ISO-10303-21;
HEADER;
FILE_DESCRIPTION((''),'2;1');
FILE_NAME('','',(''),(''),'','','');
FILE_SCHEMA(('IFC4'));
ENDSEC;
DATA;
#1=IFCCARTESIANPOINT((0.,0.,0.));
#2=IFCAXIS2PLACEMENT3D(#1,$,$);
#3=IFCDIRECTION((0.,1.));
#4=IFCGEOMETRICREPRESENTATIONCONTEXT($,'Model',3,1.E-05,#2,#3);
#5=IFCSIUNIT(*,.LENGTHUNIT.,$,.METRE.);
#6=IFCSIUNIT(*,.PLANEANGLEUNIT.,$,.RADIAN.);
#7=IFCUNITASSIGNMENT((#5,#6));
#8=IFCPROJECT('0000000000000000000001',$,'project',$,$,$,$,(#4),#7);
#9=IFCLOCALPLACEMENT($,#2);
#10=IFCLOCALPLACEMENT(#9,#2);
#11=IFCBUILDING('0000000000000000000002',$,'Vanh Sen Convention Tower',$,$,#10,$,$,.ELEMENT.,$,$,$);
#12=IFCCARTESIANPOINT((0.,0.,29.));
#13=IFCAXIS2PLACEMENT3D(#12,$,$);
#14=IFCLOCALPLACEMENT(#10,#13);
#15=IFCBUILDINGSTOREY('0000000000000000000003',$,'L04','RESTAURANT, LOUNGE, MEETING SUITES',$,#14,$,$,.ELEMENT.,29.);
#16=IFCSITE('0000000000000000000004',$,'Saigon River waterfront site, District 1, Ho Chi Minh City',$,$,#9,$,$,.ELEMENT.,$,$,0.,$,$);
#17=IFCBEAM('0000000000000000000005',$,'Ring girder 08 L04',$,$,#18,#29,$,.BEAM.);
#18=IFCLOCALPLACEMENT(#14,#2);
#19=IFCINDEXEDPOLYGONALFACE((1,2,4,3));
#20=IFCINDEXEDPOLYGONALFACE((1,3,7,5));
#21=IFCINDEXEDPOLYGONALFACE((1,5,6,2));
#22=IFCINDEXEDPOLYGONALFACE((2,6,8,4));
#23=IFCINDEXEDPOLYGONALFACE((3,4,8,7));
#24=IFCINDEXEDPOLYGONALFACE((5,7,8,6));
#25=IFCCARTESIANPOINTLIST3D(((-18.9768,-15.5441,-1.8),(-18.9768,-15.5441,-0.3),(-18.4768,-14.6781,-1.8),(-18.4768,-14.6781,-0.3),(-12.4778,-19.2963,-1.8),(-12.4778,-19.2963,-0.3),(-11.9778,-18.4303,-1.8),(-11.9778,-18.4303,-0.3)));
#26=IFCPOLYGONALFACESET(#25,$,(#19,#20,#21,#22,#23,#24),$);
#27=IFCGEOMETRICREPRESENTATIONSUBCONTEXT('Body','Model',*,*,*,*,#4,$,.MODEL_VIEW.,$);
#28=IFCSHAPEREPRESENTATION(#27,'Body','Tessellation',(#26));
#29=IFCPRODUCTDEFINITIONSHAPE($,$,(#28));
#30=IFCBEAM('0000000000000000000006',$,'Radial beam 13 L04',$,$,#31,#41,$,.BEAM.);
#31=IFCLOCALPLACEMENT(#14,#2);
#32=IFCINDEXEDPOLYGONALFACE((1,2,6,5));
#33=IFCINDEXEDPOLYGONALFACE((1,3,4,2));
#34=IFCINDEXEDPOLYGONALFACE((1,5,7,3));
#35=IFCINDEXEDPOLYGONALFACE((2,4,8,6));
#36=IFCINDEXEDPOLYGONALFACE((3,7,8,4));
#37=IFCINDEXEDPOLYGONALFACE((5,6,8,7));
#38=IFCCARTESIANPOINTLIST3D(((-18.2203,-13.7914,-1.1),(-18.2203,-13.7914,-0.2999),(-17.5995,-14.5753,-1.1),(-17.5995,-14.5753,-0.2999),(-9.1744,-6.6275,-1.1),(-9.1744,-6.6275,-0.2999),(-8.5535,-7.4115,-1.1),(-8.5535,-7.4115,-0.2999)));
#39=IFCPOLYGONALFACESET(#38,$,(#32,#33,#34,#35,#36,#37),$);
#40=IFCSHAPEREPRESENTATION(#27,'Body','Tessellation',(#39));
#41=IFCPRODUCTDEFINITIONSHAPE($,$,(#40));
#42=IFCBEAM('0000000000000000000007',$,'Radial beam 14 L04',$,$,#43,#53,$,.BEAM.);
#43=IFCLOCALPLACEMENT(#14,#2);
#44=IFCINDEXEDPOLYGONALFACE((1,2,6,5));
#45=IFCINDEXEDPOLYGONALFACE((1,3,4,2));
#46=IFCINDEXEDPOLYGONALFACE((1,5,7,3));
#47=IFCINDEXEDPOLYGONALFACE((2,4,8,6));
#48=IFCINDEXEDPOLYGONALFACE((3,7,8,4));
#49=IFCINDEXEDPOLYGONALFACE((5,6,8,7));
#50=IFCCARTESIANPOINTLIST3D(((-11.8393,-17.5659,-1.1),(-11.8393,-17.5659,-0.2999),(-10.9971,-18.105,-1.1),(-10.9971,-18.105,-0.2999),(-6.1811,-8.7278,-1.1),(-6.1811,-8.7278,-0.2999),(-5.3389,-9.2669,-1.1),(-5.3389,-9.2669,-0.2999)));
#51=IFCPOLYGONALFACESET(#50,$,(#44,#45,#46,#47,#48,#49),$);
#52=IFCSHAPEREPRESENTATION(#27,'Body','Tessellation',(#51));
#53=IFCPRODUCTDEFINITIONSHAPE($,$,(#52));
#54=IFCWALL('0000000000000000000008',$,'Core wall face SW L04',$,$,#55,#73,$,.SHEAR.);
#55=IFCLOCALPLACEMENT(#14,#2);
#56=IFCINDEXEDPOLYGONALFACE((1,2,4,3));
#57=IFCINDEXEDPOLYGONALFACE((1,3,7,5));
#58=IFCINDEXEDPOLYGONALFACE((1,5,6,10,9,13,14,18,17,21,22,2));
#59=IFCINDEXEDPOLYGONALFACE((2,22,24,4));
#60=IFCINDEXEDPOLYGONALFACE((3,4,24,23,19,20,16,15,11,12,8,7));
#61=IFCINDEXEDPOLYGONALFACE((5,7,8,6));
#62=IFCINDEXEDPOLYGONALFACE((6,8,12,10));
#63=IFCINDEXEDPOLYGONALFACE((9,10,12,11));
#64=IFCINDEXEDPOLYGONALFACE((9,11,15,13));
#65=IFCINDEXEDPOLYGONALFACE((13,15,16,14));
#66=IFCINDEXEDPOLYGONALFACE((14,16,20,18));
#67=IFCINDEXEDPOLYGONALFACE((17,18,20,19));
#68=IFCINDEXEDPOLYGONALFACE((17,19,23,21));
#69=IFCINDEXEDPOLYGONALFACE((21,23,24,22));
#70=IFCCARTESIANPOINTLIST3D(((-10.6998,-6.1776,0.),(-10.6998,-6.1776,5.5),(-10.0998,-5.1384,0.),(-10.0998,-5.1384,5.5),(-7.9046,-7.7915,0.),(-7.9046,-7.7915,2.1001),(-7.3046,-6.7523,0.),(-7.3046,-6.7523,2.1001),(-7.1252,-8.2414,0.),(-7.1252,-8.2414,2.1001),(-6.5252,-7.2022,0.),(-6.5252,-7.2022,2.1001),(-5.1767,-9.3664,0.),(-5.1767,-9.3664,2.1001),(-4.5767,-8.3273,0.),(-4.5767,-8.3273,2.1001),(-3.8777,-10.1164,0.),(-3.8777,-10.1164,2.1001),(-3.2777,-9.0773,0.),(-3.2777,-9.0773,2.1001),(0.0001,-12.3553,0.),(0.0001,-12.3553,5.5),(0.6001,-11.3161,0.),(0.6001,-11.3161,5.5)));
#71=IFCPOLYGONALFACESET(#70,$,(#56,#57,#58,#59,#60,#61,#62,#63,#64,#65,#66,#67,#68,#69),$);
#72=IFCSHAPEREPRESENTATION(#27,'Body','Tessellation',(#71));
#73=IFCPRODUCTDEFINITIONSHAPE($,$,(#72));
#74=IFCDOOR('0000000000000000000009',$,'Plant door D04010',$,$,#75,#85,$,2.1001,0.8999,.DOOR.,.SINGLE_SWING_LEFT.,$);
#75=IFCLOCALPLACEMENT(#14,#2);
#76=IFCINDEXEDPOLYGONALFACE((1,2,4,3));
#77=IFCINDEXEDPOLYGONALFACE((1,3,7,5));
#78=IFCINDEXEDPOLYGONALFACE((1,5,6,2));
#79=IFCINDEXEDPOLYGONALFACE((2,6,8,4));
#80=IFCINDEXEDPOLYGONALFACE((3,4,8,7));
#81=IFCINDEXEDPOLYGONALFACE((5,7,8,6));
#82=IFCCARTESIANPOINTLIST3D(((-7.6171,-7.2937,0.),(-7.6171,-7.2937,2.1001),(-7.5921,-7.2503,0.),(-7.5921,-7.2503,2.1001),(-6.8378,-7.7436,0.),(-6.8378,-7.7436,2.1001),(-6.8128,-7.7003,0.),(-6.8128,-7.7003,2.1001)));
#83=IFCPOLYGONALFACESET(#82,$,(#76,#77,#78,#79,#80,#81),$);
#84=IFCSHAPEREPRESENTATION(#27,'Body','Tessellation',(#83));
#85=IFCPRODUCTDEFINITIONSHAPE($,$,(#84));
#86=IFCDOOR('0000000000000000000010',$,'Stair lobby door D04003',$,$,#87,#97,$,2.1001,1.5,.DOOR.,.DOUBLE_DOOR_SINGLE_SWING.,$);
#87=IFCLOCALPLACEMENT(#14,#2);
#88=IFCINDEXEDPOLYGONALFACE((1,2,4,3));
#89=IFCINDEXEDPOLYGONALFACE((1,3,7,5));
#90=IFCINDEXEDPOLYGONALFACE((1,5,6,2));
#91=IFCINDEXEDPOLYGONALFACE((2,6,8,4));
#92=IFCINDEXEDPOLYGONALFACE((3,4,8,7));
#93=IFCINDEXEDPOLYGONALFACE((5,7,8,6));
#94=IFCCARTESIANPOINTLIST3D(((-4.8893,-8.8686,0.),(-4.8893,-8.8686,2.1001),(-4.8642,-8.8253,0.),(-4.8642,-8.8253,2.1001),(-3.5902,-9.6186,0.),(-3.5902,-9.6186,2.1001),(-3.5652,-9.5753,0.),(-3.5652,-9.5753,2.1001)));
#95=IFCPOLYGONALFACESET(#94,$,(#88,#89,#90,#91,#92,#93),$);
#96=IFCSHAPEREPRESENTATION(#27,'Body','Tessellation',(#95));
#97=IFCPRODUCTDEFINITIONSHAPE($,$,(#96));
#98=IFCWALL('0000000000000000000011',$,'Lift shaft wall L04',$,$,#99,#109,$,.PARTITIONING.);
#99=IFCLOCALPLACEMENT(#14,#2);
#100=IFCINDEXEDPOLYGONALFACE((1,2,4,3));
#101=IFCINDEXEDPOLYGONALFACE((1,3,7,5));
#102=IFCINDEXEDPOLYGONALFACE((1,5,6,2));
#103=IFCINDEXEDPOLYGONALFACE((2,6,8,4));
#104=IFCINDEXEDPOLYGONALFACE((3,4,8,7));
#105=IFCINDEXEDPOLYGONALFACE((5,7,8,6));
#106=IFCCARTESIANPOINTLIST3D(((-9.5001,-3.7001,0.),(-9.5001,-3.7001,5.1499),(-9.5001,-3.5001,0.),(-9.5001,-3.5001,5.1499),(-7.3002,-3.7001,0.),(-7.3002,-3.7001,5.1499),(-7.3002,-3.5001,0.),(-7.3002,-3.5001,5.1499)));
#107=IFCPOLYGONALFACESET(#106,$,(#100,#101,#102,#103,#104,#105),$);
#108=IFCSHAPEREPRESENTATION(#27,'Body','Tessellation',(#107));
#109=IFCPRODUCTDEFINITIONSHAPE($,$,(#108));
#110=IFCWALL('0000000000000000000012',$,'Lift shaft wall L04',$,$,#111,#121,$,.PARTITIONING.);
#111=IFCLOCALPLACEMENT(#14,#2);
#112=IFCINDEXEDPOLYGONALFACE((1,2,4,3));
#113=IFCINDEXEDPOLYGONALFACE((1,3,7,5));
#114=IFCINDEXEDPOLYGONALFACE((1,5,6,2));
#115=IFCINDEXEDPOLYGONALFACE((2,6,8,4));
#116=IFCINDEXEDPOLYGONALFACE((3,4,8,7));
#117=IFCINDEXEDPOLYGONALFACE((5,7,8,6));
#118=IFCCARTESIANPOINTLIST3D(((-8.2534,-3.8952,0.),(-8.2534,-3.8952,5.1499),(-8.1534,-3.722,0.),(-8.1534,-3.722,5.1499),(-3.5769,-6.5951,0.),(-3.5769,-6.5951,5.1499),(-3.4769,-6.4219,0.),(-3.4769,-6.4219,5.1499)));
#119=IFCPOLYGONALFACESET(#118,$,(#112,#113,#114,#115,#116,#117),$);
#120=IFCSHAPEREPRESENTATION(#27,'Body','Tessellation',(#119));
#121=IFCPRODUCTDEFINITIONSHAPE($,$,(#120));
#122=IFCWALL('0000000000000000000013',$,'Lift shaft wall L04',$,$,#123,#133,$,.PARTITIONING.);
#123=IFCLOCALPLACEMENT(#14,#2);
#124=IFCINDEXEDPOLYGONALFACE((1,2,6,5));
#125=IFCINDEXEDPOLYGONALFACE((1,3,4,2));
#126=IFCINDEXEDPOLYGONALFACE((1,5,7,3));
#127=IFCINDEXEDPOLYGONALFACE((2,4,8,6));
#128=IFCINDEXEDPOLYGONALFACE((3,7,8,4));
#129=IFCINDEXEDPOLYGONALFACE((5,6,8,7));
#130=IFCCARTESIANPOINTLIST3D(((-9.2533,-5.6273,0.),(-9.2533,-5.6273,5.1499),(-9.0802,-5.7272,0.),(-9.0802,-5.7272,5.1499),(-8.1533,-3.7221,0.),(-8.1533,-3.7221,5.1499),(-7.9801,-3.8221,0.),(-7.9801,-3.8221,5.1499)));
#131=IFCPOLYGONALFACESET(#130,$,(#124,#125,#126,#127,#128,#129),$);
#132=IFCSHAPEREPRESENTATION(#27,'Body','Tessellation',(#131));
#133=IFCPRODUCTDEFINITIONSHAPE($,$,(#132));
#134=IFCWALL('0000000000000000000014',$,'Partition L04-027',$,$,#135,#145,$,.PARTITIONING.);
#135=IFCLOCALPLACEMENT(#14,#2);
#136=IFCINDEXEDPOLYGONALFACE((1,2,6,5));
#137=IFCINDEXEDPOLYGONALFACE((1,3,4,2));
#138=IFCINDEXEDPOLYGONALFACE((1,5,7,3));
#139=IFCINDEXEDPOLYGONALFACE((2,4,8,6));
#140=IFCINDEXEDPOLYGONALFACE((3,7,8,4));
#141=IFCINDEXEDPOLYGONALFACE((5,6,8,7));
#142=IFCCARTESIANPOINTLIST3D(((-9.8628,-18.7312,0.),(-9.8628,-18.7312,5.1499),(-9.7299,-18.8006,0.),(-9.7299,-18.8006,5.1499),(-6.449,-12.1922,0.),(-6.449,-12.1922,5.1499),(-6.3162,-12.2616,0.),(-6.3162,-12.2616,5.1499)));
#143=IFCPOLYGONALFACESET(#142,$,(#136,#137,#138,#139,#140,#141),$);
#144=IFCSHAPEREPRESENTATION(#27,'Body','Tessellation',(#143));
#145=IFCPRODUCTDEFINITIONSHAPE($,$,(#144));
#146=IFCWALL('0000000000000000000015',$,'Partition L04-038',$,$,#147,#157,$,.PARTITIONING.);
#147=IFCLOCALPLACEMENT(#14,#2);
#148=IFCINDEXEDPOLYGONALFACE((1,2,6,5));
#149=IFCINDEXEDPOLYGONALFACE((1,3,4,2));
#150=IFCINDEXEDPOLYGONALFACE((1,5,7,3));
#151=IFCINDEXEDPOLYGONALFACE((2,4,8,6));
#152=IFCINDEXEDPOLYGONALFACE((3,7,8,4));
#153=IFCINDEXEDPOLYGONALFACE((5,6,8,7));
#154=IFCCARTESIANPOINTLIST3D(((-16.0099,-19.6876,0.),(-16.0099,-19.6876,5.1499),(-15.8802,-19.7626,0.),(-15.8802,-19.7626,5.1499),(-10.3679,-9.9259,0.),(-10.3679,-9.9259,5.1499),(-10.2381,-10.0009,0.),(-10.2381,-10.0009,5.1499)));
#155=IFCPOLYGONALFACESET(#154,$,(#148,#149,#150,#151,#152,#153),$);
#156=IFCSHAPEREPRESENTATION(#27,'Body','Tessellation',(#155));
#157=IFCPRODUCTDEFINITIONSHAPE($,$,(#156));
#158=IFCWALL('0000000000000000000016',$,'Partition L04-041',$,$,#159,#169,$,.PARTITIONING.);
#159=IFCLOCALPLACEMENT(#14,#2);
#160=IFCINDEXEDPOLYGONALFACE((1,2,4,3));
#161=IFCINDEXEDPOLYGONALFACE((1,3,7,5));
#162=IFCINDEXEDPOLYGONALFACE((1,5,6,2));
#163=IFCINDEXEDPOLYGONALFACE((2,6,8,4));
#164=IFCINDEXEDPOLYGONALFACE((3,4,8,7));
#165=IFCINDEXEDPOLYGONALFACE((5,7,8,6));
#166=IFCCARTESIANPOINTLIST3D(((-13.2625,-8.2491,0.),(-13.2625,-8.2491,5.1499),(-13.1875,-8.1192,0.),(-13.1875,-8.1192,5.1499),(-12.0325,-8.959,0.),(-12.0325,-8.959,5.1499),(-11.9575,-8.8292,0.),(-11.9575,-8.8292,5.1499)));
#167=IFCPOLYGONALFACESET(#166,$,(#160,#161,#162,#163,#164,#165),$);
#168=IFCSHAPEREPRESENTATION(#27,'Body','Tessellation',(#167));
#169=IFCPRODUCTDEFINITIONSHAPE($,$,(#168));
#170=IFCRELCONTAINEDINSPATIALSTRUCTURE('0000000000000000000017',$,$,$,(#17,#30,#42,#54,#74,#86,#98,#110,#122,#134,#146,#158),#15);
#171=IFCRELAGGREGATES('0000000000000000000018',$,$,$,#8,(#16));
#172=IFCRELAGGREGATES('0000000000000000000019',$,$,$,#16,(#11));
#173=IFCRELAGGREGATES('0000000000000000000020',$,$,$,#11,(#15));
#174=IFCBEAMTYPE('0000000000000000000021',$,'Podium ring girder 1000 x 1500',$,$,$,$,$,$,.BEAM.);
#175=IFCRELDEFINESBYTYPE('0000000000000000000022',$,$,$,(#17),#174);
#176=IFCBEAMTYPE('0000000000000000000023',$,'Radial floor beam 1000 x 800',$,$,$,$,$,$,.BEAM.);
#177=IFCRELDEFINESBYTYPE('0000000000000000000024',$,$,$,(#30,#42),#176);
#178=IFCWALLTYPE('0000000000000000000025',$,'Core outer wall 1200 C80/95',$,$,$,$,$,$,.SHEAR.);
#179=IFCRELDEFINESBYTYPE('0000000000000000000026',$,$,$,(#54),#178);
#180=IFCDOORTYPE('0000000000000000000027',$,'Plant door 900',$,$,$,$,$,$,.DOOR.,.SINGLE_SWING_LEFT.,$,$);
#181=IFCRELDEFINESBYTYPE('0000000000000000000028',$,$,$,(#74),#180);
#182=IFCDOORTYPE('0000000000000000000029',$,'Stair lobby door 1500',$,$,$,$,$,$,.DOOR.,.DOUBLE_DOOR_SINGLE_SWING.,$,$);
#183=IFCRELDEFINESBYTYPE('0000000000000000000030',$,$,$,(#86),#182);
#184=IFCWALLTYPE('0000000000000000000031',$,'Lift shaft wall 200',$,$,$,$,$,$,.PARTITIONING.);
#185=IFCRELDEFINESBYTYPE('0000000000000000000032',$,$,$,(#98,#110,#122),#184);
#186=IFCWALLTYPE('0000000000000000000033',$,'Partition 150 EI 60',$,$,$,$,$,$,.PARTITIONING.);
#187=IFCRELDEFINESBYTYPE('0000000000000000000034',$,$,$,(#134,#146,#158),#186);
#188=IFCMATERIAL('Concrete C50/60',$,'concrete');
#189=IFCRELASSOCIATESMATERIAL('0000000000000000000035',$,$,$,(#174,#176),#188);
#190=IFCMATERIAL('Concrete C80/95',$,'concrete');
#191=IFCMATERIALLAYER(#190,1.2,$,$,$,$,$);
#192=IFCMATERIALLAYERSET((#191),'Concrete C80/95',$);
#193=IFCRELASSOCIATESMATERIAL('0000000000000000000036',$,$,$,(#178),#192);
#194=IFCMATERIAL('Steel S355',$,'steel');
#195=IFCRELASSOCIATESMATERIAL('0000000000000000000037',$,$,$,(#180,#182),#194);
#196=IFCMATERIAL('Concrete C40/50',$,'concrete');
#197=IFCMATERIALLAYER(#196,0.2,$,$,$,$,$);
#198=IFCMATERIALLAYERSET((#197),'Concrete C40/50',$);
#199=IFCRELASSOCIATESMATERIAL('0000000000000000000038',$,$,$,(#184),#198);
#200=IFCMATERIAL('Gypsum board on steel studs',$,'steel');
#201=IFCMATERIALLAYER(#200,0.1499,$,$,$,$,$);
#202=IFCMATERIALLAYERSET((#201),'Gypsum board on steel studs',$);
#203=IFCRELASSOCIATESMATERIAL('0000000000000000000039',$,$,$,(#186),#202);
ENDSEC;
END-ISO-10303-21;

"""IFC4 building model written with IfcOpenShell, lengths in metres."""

from ifc_helpers import new_model, si_unit, direction, frame, frame_2d, origin, origin_2d, place, context, subcontext, project, spatial, rectangle, extrude, material, layer, layer_set, material_profile, profile_set, type_object, element, fill, save


model = new_model("IFC4")

# Units and contexts
model_context = context("Model", 3, precision=1e-05, world=origin(), true_north=direction((0.0, 1.0)))
body_context = subcontext(model_context, "Body", "Model", "MODEL_VIEW")
ifc_project = project(units=[si_unit("LENGTHUNIT", "METRE"), si_unit("PLANEANGLEUNIT", "RADIAN")], contexts=[model_context])

# Site, building, storey
site_placement = place(None, origin())
site = spatial("IfcSite", under=ifc_project, at=site_placement, Name="Saigon River waterfront site, District 1, Ho Chi Minh City", CompositionType="ELEMENT", RefElevation=0.0)
building_placement = place(site_placement, origin())
building = spatial("IfcBuilding", under=site, at=building_placement, Name="Vanh Sen Convention Tower", CompositionType="ELEMENT")
storey_placement = place(building_placement, frame((0.0, 0.0, 29.0)))
storey = spatial("IfcBuildingStorey", under=building, at=storey_placement, Name="L04", Description="RESTAURANT, LOUNGE, MEETING SUITES", CompositionType="ELEMENT", Elevation=29.0)

# Beams
ifc_material_1 = material(Name="Concrete C50/60", Category="concrete")
ifc_material_profile_1 = material_profile(ifc_material_1, rectangle(XDim=1.0, YDim=1.5, at=origin_2d()), Name="RC 1000X1500")
ifc_profile_set_1 = profile_set([ifc_material_profile_1], Name="Concrete C50/60")
beam_type_1 = type_object("IfcBeamType", Name="Podium ring girder 1000 x 1500", PredefinedType="BEAM", material=ifc_profile_set_1)
beam_1_placement = place(storey_placement, frame((-18.7268, -15.1111, -1.05), z_axis=(0.866026, -0.499998, 0.0), x_axis=(0.499998, 0.866026, 0.0)))
element("IfcBeam", 1, at=beam_1_placement, inside=storey, type_object=beam_type_1, Name="Ring girder 08 L04", PredefinedType="BEAM", context=body_context, shape_type="SweptSolid", body=[
    extrude(rectangle(XDim=1.0, YDim=1.5, at=origin_2d()), origin(), (0.0, 0.0, 1.0), 7.5044),
])
ifc_material_profile_2 = material_profile(ifc_material_1, rectangle(XDim=1.0, YDim=0.8, at=origin_2d()), Name="RC 1000X800")
ifc_profile_set_2 = profile_set([ifc_material_profile_2], Name="Concrete C50/60")
beam_type_2 = type_object("IfcBeamType", Name="Radial floor beam 1000 x 800", PredefinedType="BEAM", material=ifc_profile_set_2)
beam_2_placement = place(storey_placement, frame((-17.9099, -14.1833, -0.7), z_axis=(0.783941, 0.620835, 0.0), x_axis=(-0.620835, 0.783941, 0.0)))
element("IfcBeam", 2, at=beam_2_placement, inside=storey, type_object=beam_type_2, Name="Radial beam 13 L04", PredefinedType="BEAM", context=body_context, shape_type="SweptSolid", body=[
    extrude(rectangle(XDim=1.0, YDim=0.8, at=origin_2d()), origin(), (0.0, 0.0, 1.0), 11.5391),
])
beam_3_placement = place(storey_placement, frame((-11.4182, -17.8354, -0.7), z_axis=(0.539175, 0.842194, 0.0), x_axis=(-0.842194, 0.539175, 0.0)))
element("IfcBeam", 3, at=beam_3_placement, inside=storey, type_object=beam_type_2, Name="Radial beam 14 L04", PredefinedType="BEAM", context=body_context, shape_type="SweptSolid", body=[
    extrude(rectangle(XDim=1.0, YDim=0.8, at=origin_2d()), origin(), (0.0, 0.0, 1.0), 10.4941),
])

# Wall, openings, doors
ifc_material_2 = material(Name="Concrete C80/95", Category="concrete")
ifc_layer_1 = layer(ifc_material_2, 1.2)
ifc_layer_set_1 = layer_set([ifc_layer_1], Name="Concrete C80/95")
wall_type_1 = type_object("IfcWallType", Name="Core outer wall 1200 C80/95", PredefinedType="SHEAR", material=ifc_layer_set_1)
wall_1_placement = place(storey_placement, frame((-10.3999, -5.658, 0.0), z_axis=(0.0, 0.0, 1.0), x_axis=(0.866021, -0.500007, 0.0)))
wall_1 = element("IfcWall", 4, at=wall_1_placement, inside=storey, type_object=wall_type_1, Name="Core wall face SW L04", PredefinedType="SHEAR", context=body_context, shape_type="SweptSolid", body=[
    extrude(rectangle(XDim=12.3552, YDim=1.2, at=frame_2d((6.1777, 0.0))), origin(), (0.0, 0.0, 1.0), 5.5),
])
opening_1_placement = place(wall_1_placement, frame((6.3777, 0.0, 0.0)))
opening_1 = element("IfcOpeningElement", 5, at=opening_1_placement, cuts=wall_1, PredefinedType="OPENING", context=body_context, shape_type="SweptSolid", body=[
    extrude(rectangle(XDim=1.5, YDim=2.1001, at=frame_2d((0.75, 1.05))), frame((0.0, 0.6099, 0.0), z_axis=(0.0, -1.0, 0.0), x_axis=(1.0, 0.0, 0.0)), (0.0, 0.0, 1.0), 1.22),
])
opening_2_placement = place(wall_1_placement, frame((3.2278, 0.0, 0.0)))
opening_2 = element("IfcOpeningElement", 6, at=opening_2_placement, cuts=wall_1, PredefinedType="OPENING", context=body_context, shape_type="SweptSolid", body=[
    extrude(rectangle(XDim=0.8999, YDim=2.1001, at=frame_2d((0.45, 1.05))), frame((0.0, 0.6099, 0.0), z_axis=(0.0, -1.0, 0.0), x_axis=(1.0, 0.0, 0.0)), (0.0, 0.0, 1.0), 1.22),
])
ifc_material_3 = material(Name="Steel S355", Category="steel")
door_type_1 = type_object("IfcDoorType", Name="Plant door 900", OperationType="SINGLE_SWING_LEFT", PredefinedType="DOOR", material=ifc_material_3)
door_1_placement = place(opening_2_placement, origin())
door_1 = element("IfcDoor", 7, at=door_1_placement, inside=storey, type_object=door_type_1, Name="Plant door D04010", OperationType="SINGLE_SWING_LEFT", OverallHeight=2.1001, OverallWidth=0.8999, PredefinedType="DOOR", context=body_context, shape_type="SweptSolid", body=[
    extrude(rectangle(XDim=0.8999, YDim=2.1001, at=frame_2d((0.45, 1.05))), frame((0.0, 0.0249, 0.0), z_axis=(0.0, -1.0, 0.0), x_axis=(1.0, 0.0, 0.0)), (0.0, 0.0, 1.0), 0.05),
])
fill(opening_2, door_1)
door_type_2 = type_object("IfcDoorType", Name="Stair lobby door 1500", OperationType="DOUBLE_DOOR_SINGLE_SWING", PredefinedType="DOOR", material=ifc_material_3)
door_2_placement = place(opening_1_placement, origin())
door_2 = element("IfcDoor", 8, at=door_2_placement, inside=storey, type_object=door_type_2, Name="Stair lobby door D04003", OperationType="DOUBLE_DOOR_SINGLE_SWING", OverallHeight=2.1001, OverallWidth=1.5, PredefinedType="DOOR", context=body_context, shape_type="SweptSolid", body=[
    extrude(rectangle(XDim=1.5, YDim=2.1001, at=frame_2d((0.75, 1.05))), frame((0.0, 0.0249, 0.0), z_axis=(0.0, -1.0, 0.0), x_axis=(1.0, 0.0, 0.0)), (0.0, 0.0, 1.0), 0.05),
])
fill(opening_1, door_2)

# Walls
ifc_material_4 = material(Name="Concrete C40/50", Category="concrete")
ifc_layer_2 = layer(ifc_material_4, 0.2)
ifc_layer_set_2 = layer_set([ifc_layer_2], Name="Concrete C40/50")
wall_type_2 = type_object("IfcWallType", Name="Lift shaft wall 200", PredefinedType="PARTITIONING", material=ifc_layer_set_2)
wall_2_placement = place(storey_placement, frame((-7.3, -3.6001, 0.0), z_axis=(0.0, 0.0, 1.0), x_axis=(-1.0, 0.0, 0.0)))
element("IfcWall", 9, at=wall_2_placement, inside=storey, type_object=wall_type_2, Name="Lift shaft wall L04", PredefinedType="PARTITIONING", context=body_context, shape_type="SweptSolid", body=[
    extrude(rectangle(XDim=2.2, YDim=0.2, at=frame_2d((1.1001, 0.0))), origin(), (0.0, 0.0, 1.0), 5.1499),
])
wall_3_placement = place(storey_placement, frame((-8.2034, -3.8086, 0.0), z_axis=(0.0, 0.0, 1.0), x_axis=(0.866028, -0.499995, 0.0)))
element("IfcWall", 10, at=wall_3_placement, inside=storey, type_object=wall_type_2, Name="Lift shaft wall L04", PredefinedType="PARTITIONING", context=body_context, shape_type="SweptSolid", body=[
    extrude(rectangle(XDim=5.3999, YDim=0.2, at=frame_2d((2.7, 0.0))), origin(), (0.0, 0.0, 1.0), 5.1499),
])
wall_4_placement = place(storey_placement, frame((-8.0667, -3.772, 0.0), z_axis=(0.0, 0.0, 1.0), x_axis=(-0.50003, -0.866008, 0.0)))
element("IfcWall", 11, at=wall_4_placement, inside=storey, type_object=wall_type_2, Name="Lift shaft wall L04", PredefinedType="PARTITIONING", context=body_context, shape_type="SweptSolid", body=[
    extrude(rectangle(XDim=2.2, YDim=0.2, at=frame_2d((1.1001, 0.0))), origin(), (0.0, 0.0, 1.0), 5.1499),
])
ifc_material_5 = material(Name="Gypsum board on steel studs", Category="steel")
ifc_layer_3 = layer(ifc_material_5, 0.1499)
ifc_layer_set_3 = layer_set([ifc_layer_3], Name="Gypsum board on steel studs")
wall_type_3 = type_object("IfcWallType", Name="Partition 150 EI 60", PredefinedType="PARTITIONING", material=ifc_layer_set_3)
wall_5_placement = place(storey_placement, frame((-9.7964, -18.7659, 0.0), z_axis=(0.0, 0.0, 1.0), x_axis=(0.462793, 0.886466, 0.0)))
element("IfcWall", 12, at=wall_5_placement, inside=storey, type_object=wall_type_3, Name="Partition L04-027", PredefinedType="PARTITIONING", context=body_context, shape_type="SweptSolid", body=[
    extrude(rectangle(XDim=7.3765, YDim=0.1499, at=frame_2d((3.6882, 0.0))), origin(), (0.0, 0.0, 1.0), 5.1499),
])
wall_6_placement = place(storey_placement, frame((-10.303, -9.9634, 0.0), z_axis=(0.0, 0.0, 1.0), x_axis=(-0.50041, -0.865789, 0.0)))
element("IfcWall", 13, at=wall_6_placement, inside=storey, type_object=wall_type_3, Name="Partition L04-038", PredefinedType="PARTITIONING", context=body_context, shape_type="SweptSolid", body=[
    extrude(rectangle(XDim=11.2749, YDim=0.1499, at=frame_2d((5.6375, 0.0))), origin(), (0.0, 0.0, 1.0), 5.1499),
])
wall_7_placement = place(storey_placement, frame((-11.9951, -8.894, 0.0), z_axis=(0.0, 0.0, 1.0), x_axis=(-0.866077, 0.499911, 0.0)))
element("IfcWall", 14, at=wall_7_placement, inside=storey, type_object=wall_type_3, Name="Partition L04-041", PredefinedType="PARTITIONING", context=body_context, shape_type="SweptSolid", body=[
    extrude(rectangle(XDim=1.4202, YDim=0.1499, at=frame_2d((0.71, 0.0))), origin(), (0.0, 0.0, 1.0), 5.1499),
])

save(model, "model.ifc")
